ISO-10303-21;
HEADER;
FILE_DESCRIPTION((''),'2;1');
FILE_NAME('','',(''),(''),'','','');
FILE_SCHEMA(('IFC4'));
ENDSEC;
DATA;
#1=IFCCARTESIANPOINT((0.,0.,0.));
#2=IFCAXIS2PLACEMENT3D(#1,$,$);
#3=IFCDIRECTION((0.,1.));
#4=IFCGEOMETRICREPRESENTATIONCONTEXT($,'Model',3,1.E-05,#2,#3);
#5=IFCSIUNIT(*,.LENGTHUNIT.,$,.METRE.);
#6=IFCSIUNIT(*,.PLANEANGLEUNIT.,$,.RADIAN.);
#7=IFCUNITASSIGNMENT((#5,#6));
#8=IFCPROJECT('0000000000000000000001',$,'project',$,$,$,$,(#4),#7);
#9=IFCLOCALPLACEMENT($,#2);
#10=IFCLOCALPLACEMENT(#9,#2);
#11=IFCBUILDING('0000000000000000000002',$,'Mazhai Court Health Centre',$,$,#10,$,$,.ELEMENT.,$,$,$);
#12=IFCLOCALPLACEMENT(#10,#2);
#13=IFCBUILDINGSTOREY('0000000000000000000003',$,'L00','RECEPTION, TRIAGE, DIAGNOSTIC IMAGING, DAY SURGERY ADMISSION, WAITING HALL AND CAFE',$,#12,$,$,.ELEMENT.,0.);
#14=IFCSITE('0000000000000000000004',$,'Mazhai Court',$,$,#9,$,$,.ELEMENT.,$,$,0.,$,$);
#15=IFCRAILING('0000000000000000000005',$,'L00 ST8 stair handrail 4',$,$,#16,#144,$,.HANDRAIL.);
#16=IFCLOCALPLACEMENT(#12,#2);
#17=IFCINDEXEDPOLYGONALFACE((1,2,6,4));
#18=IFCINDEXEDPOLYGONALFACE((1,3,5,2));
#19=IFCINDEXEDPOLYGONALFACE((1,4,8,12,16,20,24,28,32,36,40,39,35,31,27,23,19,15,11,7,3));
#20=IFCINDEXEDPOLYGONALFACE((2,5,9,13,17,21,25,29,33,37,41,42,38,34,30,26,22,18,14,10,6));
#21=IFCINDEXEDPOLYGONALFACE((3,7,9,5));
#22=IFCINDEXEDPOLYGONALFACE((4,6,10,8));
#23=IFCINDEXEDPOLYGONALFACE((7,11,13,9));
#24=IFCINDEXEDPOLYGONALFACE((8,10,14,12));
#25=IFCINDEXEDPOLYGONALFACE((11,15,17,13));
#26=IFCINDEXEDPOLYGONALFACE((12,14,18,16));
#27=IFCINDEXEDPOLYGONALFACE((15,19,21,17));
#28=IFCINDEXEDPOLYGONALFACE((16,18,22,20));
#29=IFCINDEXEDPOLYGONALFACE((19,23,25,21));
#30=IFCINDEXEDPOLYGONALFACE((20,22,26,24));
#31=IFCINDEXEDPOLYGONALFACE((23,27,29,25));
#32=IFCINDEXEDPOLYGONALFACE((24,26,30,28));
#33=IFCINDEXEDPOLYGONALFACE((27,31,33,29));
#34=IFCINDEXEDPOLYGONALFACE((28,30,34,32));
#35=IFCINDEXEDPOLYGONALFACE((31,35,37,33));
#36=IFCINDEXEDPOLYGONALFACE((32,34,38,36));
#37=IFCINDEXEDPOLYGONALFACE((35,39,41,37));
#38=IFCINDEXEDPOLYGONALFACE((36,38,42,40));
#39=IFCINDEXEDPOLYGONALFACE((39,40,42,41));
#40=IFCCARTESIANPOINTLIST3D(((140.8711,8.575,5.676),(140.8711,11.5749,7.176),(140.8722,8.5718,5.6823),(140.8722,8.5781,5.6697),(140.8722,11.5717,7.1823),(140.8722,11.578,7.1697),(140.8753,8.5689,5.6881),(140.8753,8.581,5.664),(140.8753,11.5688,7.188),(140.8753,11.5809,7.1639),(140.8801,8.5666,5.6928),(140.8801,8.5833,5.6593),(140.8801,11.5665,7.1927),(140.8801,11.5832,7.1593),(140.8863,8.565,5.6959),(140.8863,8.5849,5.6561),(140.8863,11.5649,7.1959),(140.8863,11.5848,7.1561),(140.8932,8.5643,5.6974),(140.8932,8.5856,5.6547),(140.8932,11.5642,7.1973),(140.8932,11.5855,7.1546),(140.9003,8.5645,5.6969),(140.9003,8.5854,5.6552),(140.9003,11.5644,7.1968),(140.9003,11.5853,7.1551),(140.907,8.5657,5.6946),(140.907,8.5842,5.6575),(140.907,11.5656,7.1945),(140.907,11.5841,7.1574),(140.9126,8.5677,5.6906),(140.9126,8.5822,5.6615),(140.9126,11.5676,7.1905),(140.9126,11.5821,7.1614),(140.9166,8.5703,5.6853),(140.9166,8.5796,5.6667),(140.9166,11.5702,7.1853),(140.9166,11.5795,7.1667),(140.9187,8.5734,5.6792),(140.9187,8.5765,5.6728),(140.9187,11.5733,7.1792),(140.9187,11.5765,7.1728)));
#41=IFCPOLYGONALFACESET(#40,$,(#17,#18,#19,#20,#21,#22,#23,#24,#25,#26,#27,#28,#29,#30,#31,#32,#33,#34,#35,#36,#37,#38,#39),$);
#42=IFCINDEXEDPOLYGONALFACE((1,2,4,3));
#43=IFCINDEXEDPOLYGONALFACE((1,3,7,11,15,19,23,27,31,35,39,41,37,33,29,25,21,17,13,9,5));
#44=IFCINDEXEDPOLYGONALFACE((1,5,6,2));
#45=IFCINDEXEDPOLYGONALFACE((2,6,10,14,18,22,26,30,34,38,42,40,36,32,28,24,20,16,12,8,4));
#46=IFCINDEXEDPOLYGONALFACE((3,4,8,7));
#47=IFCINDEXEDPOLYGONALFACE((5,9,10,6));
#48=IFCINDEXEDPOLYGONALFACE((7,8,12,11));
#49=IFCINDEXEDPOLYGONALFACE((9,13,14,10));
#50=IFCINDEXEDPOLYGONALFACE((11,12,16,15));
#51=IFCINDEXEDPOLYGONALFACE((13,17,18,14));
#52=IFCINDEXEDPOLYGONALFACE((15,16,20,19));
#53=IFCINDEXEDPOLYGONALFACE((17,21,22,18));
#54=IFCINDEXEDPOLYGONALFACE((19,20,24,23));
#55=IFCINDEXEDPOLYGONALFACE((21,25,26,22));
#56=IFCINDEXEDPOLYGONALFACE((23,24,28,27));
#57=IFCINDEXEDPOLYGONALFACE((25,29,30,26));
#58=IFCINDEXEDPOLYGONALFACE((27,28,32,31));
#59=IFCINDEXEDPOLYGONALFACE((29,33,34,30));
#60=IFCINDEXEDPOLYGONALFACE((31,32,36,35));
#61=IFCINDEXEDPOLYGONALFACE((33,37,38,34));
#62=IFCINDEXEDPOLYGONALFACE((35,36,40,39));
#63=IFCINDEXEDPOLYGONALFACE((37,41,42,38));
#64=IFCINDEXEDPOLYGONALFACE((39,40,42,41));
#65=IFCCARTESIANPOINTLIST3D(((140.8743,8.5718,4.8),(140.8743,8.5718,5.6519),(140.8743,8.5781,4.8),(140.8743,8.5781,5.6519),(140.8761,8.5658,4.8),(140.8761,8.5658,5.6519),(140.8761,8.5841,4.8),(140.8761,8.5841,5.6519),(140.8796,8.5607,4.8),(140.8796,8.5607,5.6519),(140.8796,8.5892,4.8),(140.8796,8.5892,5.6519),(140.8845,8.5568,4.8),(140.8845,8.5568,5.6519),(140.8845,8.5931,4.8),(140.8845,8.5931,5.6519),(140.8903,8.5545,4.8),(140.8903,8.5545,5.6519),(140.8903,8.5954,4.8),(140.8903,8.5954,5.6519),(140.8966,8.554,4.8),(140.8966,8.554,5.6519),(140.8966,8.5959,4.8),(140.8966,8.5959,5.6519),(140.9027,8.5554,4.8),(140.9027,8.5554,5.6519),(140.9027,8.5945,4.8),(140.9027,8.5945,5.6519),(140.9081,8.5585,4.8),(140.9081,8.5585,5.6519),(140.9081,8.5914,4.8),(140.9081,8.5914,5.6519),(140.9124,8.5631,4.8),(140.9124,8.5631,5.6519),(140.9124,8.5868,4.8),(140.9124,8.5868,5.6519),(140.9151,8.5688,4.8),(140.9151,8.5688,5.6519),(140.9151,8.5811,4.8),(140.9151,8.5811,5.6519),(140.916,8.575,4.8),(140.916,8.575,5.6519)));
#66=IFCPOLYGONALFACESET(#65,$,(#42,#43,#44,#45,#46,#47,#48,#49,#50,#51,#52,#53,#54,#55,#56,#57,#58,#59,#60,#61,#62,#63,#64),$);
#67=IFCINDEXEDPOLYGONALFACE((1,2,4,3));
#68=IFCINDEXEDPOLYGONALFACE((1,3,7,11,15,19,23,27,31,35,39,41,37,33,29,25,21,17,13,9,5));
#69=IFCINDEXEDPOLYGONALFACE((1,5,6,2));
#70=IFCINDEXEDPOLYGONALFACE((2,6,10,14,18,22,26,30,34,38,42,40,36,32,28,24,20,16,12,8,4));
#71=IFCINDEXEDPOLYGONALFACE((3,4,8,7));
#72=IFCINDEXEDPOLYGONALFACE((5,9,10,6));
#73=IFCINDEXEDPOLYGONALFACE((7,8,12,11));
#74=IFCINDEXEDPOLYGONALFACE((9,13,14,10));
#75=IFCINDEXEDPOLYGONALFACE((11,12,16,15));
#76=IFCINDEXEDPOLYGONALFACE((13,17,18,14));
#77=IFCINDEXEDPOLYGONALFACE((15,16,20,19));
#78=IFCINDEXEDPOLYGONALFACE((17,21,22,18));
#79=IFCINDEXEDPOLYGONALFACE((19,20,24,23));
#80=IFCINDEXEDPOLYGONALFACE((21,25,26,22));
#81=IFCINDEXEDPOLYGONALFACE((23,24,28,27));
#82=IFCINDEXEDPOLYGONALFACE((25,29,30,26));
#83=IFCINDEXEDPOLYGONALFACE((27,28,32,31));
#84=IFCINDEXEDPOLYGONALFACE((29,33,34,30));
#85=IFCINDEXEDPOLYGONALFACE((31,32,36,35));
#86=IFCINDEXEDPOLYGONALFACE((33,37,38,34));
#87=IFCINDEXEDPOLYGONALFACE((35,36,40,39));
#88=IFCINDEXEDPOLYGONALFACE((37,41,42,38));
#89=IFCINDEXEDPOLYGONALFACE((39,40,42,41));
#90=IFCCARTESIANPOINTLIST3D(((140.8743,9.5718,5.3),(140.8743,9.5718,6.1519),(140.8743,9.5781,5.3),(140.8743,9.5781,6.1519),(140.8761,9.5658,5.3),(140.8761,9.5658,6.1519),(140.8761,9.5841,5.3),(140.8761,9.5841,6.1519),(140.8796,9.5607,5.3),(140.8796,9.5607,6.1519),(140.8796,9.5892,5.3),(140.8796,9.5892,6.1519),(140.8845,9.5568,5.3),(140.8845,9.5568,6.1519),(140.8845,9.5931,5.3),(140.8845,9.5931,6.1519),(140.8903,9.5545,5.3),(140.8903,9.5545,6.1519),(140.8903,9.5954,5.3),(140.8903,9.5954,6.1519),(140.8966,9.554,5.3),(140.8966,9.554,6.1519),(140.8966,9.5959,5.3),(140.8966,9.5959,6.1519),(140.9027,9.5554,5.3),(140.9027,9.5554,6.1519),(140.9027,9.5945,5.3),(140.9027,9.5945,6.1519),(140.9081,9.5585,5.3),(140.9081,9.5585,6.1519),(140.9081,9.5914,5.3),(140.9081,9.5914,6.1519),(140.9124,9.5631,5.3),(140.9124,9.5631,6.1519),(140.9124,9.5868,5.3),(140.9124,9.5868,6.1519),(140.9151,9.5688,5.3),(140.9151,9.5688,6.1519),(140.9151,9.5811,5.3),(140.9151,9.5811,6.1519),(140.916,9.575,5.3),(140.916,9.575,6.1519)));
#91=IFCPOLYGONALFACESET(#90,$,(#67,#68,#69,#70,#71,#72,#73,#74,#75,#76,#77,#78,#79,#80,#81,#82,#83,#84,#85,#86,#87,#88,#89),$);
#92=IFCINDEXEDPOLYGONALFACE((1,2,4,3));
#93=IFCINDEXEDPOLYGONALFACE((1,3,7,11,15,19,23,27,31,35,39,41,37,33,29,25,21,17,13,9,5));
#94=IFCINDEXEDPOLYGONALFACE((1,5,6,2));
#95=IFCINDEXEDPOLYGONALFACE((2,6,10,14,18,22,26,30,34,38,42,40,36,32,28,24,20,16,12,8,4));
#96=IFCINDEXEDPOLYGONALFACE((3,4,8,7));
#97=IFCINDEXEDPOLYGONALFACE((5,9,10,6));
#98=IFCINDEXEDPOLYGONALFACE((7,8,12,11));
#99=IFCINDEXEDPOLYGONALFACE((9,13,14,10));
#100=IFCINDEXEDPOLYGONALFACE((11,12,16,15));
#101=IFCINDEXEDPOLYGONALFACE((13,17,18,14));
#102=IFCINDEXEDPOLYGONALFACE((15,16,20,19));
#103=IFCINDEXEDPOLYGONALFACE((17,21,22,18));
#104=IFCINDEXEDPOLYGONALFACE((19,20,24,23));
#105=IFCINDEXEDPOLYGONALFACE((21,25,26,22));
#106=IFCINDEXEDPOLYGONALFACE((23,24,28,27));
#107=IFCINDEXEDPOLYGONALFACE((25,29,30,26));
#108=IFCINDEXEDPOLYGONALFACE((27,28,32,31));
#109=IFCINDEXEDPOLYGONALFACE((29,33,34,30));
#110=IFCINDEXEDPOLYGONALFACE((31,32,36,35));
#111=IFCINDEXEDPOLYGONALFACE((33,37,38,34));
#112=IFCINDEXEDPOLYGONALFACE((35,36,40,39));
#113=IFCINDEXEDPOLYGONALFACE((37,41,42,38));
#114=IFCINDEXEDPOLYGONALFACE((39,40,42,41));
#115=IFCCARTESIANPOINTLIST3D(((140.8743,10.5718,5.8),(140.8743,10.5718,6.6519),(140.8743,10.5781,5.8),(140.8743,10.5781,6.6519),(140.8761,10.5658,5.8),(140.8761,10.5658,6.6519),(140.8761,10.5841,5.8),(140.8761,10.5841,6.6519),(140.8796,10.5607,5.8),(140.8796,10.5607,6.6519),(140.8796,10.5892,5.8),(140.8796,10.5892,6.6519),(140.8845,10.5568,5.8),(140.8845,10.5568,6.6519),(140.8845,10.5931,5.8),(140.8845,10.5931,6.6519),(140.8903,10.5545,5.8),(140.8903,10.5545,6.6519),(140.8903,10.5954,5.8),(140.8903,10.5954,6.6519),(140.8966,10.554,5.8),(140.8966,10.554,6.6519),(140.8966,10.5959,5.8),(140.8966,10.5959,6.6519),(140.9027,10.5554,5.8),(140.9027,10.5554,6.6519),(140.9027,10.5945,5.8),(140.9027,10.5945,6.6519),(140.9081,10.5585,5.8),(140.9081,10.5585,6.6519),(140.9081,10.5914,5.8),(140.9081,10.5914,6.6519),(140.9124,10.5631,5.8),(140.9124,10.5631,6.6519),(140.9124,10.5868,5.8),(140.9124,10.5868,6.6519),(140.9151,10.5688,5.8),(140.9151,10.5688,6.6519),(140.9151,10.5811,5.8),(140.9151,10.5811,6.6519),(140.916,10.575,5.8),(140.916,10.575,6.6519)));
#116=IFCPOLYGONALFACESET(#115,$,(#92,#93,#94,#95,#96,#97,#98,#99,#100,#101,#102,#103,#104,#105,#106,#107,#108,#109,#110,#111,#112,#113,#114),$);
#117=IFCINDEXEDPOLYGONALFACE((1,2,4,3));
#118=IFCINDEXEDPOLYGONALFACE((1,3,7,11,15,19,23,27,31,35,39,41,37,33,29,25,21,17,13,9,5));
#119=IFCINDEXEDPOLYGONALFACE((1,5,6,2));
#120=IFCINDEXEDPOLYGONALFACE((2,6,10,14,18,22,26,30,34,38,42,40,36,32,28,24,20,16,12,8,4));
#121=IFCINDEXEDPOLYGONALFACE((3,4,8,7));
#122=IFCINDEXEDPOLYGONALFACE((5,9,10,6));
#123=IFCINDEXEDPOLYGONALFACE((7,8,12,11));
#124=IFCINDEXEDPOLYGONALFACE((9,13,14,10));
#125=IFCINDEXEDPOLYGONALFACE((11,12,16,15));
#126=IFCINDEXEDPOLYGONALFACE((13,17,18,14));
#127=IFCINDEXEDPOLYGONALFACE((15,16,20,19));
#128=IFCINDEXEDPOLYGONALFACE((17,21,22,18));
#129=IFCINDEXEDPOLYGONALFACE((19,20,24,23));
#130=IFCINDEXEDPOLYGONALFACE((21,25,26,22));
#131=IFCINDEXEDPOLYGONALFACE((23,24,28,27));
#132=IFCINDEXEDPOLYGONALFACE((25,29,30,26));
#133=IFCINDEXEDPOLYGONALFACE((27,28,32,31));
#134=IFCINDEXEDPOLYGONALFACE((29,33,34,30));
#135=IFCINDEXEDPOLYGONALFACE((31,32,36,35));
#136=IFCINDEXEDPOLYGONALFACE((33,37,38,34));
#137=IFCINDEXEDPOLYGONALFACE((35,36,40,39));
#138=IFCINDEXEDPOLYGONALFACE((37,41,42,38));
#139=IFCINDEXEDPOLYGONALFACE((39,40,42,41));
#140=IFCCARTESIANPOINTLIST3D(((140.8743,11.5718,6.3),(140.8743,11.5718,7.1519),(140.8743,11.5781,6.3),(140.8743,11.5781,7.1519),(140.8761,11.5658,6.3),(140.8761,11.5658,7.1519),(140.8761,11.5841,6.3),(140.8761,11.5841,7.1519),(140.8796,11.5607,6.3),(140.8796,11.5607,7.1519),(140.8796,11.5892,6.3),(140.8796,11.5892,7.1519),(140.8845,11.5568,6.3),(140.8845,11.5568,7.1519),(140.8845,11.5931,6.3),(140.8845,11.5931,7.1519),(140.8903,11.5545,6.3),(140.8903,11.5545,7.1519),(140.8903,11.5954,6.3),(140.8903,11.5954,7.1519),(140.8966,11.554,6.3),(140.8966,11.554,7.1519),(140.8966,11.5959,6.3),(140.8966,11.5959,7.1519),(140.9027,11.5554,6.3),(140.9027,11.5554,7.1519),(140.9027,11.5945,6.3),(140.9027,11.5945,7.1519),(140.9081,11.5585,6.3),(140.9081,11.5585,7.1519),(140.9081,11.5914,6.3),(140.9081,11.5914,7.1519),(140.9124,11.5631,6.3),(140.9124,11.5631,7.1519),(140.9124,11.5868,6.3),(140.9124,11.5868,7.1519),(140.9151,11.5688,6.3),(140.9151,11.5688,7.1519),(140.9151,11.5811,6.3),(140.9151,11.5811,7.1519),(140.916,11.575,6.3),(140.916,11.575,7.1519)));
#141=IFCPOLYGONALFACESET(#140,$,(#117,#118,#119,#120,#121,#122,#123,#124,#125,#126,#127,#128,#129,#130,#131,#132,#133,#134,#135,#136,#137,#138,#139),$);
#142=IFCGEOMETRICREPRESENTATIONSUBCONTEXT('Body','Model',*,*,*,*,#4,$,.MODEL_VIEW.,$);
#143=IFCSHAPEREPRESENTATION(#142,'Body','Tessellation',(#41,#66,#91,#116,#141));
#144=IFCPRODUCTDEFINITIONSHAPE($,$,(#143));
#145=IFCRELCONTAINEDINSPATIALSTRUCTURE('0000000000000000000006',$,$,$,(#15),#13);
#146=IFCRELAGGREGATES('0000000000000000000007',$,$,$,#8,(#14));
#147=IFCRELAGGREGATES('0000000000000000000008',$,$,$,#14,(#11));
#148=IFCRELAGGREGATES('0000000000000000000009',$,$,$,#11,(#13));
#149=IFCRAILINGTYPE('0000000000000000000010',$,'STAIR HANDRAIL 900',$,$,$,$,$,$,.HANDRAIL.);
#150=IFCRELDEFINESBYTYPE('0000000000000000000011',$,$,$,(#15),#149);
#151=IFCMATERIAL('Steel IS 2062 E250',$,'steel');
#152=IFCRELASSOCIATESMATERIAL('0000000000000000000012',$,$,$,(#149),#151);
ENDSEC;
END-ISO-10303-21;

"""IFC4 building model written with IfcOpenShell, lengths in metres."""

from ifc_helpers import new_model, si_unit, direction, frame, origin, origin_2d, place, context, subcontext, project, spatial, circle, extrude, material, type_object, element, save


model = new_model("IFC4")

# Units and contexts
model_context = context("Model", 3, precision=1e-05, world=origin(), true_north=direction((0.0, 1.0)))
body_context = subcontext(model_context, "Body", "Model", "MODEL_VIEW")
ifc_project = project(units=[si_unit("LENGTHUNIT", "METRE"), si_unit("PLANEANGLEUNIT", "RADIAN")], contexts=[model_context])

# Site, building, storey
site_placement = place(None, origin())
site = spatial("IfcSite", under=ifc_project, at=site_placement, Name="Mazhai Court", CompositionType="ELEMENT", RefElevation=0.0)
building_placement = place(site_placement, origin())
building = spatial("IfcBuilding", under=site, at=building_placement, Name="Mazhai Court Health Centre", CompositionType="ELEMENT")
storey_placement = place(building_placement, origin())
storey = spatial("IfcBuildingStorey", under=building, at=storey_placement, Name="L00", Description="RECEPTION, TRIAGE, DIAGNOSTIC IMAGING, DAY SURGERY ADMISSION, WAITING HALL AND CAFE", CompositionType="ELEMENT", Elevation=0.0)

# Railing
ifc_material_1 = material(Name="Steel IS 2062 E250", Category="steel")
railing_type = type_object("IfcRailingType", Name="STAIR HANDRAIL 900", PredefinedType="HANDRAIL", material=ifc_material_1)
railing_placement = place(storey_placement, frame((140.895, 8.575, 4.8)))
element("IfcRailing", 1, at=railing_placement, inside=storey, type_object=railing_type, Name="L00 ST8 stair handrail 4", PredefinedType="HANDRAIL", context=body_context, shape_type="SweptSolid", body=[
    extrude(circle(Radius=0.0239, at=origin_2d()), frame((0.0, 0.0, 0.876), z_axis=(0.0, 0.894427, 0.447214), x_axis=(-1.0, 0.0, 0.0)), (0.0, 0.0, 1.0), 3.354),
    extrude(circle(Radius=0.021, at=origin_2d()), origin(), (0.0, 0.0, 1.0), 0.8518),
    extrude(circle(Radius=0.021, at=origin_2d()), frame((0.0, 1.0, 0.5)), (0.0, 0.0, 1.0), 0.8518),
    extrude(circle(Radius=0.021, at=origin_2d()), frame((0.0, 2.0, 1.0)), (0.0, 0.0, 1.0), 0.8518),
    extrude(circle(Radius=0.021, at=origin_2d()), frame((0.0, 3.0, 1.5)), (0.0, 0.0, 1.0), 0.8518),
])

save(model, "model.ifc")
